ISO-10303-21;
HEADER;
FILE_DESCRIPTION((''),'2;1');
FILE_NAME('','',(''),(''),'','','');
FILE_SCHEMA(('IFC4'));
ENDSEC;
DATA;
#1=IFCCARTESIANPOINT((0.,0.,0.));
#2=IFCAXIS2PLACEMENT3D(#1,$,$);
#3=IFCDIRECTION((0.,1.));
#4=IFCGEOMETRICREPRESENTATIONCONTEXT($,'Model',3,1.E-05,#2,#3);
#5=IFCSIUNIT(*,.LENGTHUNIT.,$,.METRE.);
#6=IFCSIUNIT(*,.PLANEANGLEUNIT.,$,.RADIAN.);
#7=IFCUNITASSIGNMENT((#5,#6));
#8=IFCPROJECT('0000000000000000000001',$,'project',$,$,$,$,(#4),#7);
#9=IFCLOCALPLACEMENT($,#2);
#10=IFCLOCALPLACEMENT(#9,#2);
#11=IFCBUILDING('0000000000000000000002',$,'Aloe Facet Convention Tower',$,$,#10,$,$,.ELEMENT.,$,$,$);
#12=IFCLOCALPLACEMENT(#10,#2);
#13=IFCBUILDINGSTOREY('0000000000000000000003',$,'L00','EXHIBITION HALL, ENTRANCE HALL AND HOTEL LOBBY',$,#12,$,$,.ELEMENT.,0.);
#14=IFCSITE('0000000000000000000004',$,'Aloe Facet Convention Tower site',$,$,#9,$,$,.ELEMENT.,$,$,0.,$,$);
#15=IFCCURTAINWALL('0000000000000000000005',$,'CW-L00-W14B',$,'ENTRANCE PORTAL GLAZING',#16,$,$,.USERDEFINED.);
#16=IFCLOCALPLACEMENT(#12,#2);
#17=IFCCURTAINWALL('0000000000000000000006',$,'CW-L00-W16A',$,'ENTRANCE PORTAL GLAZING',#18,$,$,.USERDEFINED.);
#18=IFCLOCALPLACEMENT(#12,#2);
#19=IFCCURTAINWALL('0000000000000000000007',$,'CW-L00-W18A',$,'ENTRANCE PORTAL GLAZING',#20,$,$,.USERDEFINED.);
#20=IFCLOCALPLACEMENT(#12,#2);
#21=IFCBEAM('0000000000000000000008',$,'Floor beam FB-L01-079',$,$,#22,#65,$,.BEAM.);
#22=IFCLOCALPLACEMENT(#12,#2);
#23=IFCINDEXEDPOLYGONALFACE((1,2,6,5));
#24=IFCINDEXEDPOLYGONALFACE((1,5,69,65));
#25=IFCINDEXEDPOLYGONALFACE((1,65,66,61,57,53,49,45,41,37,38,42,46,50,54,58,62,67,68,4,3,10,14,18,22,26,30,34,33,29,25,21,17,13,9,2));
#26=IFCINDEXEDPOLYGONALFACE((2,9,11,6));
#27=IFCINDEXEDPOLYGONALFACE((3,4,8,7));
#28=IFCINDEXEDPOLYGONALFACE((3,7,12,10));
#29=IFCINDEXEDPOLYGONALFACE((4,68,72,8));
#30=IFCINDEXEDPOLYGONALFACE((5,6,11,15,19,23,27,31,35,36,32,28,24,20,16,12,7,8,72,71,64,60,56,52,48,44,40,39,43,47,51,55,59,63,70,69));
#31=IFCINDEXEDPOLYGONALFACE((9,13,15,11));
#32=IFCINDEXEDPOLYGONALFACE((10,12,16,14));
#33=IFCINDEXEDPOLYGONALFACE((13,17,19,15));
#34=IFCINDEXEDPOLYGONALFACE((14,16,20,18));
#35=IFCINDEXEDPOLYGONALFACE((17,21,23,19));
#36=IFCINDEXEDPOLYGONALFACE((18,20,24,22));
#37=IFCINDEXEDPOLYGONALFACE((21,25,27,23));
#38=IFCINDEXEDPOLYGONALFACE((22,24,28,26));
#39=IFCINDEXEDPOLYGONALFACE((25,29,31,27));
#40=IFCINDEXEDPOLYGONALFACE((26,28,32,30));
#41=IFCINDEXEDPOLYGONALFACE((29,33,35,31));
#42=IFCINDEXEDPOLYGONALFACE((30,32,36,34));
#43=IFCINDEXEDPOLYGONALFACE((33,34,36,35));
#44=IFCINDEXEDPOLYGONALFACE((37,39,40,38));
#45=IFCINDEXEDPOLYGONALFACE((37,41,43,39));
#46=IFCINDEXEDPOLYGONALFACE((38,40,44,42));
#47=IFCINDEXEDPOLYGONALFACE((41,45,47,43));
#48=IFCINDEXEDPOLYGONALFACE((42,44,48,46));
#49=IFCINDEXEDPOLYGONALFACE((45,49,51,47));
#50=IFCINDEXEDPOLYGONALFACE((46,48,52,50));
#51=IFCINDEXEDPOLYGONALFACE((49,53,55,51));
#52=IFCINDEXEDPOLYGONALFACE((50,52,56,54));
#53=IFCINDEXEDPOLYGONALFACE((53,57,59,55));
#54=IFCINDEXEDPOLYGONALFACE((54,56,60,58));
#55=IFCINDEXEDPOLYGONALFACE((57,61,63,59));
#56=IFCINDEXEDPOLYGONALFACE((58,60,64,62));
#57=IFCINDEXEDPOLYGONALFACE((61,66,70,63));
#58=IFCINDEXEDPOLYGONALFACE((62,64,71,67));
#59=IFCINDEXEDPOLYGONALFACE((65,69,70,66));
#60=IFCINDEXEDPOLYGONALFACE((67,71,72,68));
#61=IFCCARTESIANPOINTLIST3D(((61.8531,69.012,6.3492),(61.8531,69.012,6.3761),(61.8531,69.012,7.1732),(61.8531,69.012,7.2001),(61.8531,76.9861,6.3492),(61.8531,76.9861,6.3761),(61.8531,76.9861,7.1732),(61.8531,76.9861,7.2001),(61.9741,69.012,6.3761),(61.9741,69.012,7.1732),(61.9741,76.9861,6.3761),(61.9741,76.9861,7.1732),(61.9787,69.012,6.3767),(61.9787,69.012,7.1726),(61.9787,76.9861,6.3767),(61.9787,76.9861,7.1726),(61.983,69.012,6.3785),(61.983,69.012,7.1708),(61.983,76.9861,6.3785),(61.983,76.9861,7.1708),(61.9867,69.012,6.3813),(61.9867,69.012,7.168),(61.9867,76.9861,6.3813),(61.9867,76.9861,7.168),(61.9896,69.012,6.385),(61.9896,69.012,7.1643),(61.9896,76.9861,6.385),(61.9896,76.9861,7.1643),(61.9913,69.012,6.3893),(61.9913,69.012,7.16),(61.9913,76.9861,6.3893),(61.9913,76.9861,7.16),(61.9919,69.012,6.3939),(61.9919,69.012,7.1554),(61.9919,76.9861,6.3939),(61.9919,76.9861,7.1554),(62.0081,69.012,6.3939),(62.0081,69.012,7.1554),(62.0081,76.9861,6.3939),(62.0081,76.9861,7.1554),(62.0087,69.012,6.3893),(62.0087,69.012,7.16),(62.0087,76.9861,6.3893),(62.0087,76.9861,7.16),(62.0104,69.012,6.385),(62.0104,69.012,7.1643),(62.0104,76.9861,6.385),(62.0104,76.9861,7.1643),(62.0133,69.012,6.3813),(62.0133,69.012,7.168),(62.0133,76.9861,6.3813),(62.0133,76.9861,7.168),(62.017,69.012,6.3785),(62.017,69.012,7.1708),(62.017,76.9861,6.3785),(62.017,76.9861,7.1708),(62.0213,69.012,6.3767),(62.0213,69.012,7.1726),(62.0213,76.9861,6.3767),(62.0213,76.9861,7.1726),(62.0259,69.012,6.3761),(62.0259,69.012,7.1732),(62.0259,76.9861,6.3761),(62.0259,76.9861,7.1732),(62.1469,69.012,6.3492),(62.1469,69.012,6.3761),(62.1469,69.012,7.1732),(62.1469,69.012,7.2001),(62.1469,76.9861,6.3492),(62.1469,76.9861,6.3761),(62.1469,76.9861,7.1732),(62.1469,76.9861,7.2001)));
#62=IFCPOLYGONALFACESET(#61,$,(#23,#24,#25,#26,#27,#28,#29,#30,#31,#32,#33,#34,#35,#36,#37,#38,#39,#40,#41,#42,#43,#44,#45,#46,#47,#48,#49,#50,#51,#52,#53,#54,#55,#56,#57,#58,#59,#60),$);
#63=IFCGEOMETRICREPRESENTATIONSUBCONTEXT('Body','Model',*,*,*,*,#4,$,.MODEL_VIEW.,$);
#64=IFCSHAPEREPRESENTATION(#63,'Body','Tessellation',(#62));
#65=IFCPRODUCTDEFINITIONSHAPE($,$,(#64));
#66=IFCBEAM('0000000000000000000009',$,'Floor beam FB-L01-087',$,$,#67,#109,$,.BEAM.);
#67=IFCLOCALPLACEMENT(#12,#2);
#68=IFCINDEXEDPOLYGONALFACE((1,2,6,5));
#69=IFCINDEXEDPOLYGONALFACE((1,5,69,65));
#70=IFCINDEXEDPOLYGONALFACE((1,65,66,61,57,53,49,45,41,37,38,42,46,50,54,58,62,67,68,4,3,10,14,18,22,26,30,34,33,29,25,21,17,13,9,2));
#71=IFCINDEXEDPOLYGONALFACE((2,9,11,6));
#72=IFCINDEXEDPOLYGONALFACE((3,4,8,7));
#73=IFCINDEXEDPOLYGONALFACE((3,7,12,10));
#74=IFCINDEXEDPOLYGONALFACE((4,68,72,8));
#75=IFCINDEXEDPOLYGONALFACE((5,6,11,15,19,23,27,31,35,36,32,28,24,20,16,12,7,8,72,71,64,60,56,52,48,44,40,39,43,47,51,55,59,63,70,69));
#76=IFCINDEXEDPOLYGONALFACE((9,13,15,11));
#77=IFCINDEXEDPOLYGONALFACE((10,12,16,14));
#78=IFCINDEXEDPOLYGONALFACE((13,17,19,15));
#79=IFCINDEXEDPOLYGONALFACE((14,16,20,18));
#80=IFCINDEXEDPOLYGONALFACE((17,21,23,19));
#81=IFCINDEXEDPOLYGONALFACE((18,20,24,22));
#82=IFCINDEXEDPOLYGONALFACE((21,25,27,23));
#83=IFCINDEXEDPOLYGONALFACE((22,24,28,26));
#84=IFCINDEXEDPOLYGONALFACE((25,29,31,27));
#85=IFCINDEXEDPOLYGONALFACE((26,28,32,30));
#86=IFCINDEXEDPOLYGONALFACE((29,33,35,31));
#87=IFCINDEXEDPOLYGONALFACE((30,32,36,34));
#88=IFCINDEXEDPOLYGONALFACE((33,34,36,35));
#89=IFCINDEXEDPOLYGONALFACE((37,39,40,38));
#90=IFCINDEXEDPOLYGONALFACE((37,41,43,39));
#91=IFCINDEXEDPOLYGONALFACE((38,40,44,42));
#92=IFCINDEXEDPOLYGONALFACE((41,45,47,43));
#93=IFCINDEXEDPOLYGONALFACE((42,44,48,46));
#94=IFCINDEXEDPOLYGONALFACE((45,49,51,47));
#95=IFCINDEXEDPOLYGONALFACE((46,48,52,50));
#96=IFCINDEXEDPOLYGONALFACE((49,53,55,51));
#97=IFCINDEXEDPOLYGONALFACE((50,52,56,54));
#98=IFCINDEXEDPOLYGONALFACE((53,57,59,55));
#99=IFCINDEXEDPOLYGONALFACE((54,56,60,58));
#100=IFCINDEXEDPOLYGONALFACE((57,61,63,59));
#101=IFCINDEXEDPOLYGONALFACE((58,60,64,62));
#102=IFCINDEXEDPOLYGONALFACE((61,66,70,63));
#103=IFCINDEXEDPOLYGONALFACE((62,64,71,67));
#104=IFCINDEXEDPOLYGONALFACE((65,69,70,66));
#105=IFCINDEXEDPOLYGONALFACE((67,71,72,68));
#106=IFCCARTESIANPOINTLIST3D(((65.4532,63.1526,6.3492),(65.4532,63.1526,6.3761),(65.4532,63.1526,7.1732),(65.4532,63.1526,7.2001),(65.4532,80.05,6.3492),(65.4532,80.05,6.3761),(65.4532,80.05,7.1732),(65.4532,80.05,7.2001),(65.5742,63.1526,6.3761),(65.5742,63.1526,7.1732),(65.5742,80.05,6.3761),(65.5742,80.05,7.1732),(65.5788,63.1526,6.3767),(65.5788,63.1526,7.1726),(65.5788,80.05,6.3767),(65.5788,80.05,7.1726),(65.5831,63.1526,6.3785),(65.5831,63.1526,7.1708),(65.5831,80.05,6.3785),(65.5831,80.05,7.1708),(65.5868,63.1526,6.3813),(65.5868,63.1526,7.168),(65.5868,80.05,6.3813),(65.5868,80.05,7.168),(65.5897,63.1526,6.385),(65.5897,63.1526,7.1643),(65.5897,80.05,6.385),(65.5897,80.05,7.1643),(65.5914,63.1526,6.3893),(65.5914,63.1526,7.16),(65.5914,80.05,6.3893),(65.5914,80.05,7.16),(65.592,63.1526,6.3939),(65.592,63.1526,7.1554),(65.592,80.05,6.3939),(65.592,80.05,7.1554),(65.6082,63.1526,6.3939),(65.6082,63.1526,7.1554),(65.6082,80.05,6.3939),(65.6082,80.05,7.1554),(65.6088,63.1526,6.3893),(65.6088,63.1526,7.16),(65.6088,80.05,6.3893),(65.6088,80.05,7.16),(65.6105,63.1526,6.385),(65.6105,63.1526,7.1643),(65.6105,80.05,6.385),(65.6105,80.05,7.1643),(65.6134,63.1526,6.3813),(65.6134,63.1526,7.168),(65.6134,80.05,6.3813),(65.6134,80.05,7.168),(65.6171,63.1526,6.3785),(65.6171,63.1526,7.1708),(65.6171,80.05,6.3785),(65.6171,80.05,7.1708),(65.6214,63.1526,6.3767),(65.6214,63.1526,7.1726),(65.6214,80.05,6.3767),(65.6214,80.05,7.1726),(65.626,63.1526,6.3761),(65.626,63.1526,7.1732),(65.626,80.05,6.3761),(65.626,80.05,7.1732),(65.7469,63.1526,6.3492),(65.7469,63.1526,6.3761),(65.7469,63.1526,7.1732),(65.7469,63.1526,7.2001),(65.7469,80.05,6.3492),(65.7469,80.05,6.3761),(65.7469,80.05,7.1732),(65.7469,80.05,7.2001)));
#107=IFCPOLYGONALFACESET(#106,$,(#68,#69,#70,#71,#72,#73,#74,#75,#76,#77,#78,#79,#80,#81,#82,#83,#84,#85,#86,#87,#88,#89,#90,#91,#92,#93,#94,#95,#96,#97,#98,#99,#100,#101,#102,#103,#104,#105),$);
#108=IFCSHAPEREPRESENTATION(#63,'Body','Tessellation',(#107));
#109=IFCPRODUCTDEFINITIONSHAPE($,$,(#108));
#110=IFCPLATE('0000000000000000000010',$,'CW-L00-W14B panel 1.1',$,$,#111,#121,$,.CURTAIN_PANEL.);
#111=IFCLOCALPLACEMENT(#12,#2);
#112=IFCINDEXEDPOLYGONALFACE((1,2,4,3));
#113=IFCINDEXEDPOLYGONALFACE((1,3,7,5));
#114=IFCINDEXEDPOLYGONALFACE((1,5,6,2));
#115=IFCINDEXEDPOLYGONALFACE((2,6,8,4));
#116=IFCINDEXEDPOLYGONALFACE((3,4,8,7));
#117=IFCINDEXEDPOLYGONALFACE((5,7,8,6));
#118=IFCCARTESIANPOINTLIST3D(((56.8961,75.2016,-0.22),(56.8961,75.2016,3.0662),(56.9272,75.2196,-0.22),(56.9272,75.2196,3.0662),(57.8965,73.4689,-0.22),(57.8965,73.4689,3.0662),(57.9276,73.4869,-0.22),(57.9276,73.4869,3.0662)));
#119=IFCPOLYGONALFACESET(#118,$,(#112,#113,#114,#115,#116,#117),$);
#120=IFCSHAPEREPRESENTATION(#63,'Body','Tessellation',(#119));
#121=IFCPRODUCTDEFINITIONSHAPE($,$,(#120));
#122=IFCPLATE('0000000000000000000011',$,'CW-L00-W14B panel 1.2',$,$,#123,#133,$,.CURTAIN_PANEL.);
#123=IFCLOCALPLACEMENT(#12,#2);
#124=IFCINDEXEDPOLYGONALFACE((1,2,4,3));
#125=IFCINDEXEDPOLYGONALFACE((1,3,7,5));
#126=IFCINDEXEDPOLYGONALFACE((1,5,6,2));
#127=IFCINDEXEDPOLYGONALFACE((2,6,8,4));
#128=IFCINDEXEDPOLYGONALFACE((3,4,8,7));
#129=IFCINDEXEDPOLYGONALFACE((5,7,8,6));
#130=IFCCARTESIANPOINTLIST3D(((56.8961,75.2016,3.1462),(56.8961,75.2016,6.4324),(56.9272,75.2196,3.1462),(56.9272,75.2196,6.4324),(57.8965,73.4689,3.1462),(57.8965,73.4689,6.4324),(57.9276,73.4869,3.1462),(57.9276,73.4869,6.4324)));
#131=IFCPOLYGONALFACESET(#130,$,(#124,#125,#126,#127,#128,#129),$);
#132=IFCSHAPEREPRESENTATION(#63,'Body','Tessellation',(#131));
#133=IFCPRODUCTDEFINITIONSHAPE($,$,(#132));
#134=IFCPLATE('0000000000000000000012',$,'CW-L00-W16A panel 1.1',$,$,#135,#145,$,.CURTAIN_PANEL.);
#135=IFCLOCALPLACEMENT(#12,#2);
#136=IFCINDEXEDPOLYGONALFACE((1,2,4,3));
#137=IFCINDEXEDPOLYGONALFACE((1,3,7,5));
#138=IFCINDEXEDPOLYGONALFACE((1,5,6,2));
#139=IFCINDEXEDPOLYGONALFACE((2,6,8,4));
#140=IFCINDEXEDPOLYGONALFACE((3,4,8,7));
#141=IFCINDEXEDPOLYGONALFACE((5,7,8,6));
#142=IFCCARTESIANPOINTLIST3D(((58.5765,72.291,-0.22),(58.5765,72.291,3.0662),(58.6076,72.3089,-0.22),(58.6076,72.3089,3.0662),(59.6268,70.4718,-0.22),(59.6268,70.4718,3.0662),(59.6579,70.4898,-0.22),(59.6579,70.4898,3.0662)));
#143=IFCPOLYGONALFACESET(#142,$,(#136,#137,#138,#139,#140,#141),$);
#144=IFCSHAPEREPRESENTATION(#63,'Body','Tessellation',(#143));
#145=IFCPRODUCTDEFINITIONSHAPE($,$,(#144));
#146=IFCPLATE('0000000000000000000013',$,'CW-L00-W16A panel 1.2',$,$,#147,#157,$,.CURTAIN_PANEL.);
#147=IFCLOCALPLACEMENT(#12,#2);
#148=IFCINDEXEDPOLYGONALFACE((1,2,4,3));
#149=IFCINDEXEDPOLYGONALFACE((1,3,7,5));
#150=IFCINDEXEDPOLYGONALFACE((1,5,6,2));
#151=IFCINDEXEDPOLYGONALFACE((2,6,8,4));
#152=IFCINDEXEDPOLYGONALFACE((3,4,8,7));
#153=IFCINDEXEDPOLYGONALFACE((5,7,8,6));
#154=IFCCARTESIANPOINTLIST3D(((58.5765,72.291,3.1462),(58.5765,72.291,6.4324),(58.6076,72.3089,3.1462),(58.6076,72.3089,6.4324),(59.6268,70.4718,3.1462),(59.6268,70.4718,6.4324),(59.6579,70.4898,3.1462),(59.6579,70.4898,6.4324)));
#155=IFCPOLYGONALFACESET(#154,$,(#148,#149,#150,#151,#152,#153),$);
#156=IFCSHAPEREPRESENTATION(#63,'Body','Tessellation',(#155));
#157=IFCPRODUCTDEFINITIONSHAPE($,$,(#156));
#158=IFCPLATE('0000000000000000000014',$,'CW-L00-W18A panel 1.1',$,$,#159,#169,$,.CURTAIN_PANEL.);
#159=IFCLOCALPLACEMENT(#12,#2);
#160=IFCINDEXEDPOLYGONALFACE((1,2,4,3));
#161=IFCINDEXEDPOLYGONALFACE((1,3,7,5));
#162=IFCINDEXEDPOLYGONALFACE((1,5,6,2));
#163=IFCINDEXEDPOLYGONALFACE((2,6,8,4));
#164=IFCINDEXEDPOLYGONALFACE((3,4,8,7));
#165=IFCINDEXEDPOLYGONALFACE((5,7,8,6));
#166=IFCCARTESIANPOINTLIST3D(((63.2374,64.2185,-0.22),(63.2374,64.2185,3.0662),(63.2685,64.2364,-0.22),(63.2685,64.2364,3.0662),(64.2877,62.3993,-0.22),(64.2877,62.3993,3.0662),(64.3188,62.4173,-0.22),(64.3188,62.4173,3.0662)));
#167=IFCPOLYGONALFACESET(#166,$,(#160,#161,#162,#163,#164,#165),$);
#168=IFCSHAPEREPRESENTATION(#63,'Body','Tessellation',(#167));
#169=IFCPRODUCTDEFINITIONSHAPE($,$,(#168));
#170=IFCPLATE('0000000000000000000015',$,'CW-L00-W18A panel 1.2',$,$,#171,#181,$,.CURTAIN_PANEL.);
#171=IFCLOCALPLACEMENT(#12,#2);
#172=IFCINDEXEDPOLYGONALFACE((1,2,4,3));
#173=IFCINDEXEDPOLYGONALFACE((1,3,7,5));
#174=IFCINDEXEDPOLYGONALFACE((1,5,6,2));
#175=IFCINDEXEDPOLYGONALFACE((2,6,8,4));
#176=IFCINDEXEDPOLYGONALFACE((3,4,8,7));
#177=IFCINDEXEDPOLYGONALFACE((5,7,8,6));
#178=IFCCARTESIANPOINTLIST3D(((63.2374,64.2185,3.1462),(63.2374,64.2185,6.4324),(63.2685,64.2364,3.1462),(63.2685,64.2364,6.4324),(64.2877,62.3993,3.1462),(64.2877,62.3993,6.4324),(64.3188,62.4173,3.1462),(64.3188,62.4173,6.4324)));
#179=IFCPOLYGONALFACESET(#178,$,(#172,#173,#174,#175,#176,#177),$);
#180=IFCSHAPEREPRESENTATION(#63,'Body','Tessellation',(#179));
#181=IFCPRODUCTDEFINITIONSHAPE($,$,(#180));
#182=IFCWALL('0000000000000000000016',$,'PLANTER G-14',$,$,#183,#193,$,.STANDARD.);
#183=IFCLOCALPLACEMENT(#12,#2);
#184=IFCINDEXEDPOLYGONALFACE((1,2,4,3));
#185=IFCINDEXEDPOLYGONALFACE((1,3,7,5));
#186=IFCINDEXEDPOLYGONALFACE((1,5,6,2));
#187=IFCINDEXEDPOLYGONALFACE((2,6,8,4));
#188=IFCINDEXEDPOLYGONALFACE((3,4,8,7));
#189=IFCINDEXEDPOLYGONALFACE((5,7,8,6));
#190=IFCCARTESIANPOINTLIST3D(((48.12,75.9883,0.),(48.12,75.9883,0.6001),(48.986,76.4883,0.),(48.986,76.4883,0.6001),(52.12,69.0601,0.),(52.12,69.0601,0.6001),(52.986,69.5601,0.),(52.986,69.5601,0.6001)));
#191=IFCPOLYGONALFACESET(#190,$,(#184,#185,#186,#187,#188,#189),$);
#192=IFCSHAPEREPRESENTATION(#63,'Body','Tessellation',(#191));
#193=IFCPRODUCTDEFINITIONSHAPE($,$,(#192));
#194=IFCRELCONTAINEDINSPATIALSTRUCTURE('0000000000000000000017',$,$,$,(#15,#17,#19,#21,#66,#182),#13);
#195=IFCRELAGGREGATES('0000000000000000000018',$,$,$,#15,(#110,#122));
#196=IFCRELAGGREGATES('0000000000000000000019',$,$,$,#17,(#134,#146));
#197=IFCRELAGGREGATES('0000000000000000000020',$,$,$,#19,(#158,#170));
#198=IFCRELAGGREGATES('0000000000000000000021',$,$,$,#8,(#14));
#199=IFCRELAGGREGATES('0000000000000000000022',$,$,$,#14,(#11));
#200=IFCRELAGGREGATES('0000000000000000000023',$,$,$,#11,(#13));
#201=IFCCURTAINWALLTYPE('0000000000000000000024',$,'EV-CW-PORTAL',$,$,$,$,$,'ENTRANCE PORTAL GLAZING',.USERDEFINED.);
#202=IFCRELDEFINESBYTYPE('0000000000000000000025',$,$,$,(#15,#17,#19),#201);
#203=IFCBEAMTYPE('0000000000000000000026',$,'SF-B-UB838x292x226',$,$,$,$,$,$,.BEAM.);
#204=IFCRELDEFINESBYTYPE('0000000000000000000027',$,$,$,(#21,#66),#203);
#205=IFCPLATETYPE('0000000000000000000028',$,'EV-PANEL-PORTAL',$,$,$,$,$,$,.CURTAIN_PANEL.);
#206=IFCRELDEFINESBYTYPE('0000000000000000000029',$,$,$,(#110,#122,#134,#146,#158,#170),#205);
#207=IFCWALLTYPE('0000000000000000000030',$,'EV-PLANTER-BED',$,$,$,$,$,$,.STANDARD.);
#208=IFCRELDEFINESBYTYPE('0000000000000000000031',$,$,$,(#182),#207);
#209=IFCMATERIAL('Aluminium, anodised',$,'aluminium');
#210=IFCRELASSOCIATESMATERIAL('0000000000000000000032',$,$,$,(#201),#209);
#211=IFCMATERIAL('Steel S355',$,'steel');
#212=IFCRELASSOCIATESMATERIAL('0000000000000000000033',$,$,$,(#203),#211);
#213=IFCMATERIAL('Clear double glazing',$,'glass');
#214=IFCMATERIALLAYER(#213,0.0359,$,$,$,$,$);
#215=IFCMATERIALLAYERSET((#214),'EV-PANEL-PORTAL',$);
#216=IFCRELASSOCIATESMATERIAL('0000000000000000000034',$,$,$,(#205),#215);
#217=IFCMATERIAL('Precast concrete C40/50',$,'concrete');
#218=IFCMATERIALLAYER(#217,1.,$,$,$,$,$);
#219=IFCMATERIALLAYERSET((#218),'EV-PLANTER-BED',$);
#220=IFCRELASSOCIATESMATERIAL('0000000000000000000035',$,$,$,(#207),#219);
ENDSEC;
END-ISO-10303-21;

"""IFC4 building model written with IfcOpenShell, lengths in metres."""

from ifc_helpers import new_model, si_unit, direction, frame, frame_2d, origin, origin_2d, place, context, subcontext, project, spatial, rectangle, i_section, extrude, material, layer, layer_set, material_profile, profile_set, type_object, element, aggregate, save


model = new_model("IFC4")

# Units and contexts
model_context = context("Model", 3, precision=1e-05, world=origin(), true_north=direction((0.0, 1.0)))
body_context = subcontext(model_context, "Body", "Model", "MODEL_VIEW")
ifc_project = project(units=[si_unit("LENGTHUNIT", "METRE"), si_unit("PLANEANGLEUNIT", "RADIAN")], contexts=[model_context])

# Site, building, storey
site_placement = place(None, origin())
site = spatial("IfcSite", under=ifc_project, at=site_placement, Name="Aloe Facet Convention Tower site", CompositionType="ELEMENT", RefElevation=0.0)
building_placement = place(site_placement, origin())
building = spatial("IfcBuilding", under=site, at=building_placement, Name="Aloe Facet Convention Tower", CompositionType="ELEMENT")
storey_placement = place(building_placement, origin())
storey = spatial("IfcBuildingStorey", under=building, at=storey_placement, Name="L00", Description="EXHIBITION HALL, ENTRANCE HALL AND HOTEL LOBBY", CompositionType="ELEMENT", Elevation=0.0)

# Curtain walls
ifc_material_1 = material(Name="Aluminium, anodised", Category="aluminium")
curtain_wall_type = type_object("IfcCurtainWallType", Name="EV-CW-PORTAL", ElementType="ENTRANCE PORTAL GLAZING", PredefinedType="USERDEFINED", material=ifc_material_1)
curtain_wall_1_placement = place(storey_placement, origin())
curtain_wall_1 = element("IfcCurtainWall", 1, at=curtain_wall_1_placement, inside=storey, type_object=curtain_wall_type, Name="CW-L00-W14B", ObjectType="ENTRANCE PORTAL GLAZING", PredefinedType="USERDEFINED")
curtain_wall_2_placement = place(storey_placement, origin())
curtain_wall_2 = element("IfcCurtainWall", 2, at=curtain_wall_2_placement, inside=storey, type_object=curtain_wall_type, Name="CW-L00-W16A", ObjectType="ENTRANCE PORTAL GLAZING", PredefinedType="USERDEFINED")
curtain_wall_3_placement = place(storey_placement, origin())
curtain_wall_3 = element("IfcCurtainWall", 3, at=curtain_wall_3_placement, inside=storey, type_object=curtain_wall_type, Name="CW-L00-W18A", ObjectType="ENTRANCE PORTAL GLAZING", PredefinedType="USERDEFINED")

# Beams
ifc_material_2 = material(Name="Steel S355", Category="steel")
ifc_material_profile_1 = material_profile(ifc_material_2, i_section(OverallWidth=0.2937, OverallDepth=0.8508, WebThickness=0.0161, FlangeThickness=0.0269, FilletRadius=0.0178, at=origin_2d()), Name="UB 838x292x226")
ifc_profile_set_1 = profile_set([ifc_material_profile_1], Name="Steel S355")
beam_type_1 = type_object("IfcBeamType", Name="SF-B-UB838x292x226", PredefinedType="BEAM", material=ifc_profile_set_1)
beam_1_placement = place(storey_placement, frame((62.0, 69.012, 6.7747), z_axis=(0.0, 1.0, 0.0), x_axis=(-1.0, 0.0, 0.0)))
element("IfcBeam", 4, at=beam_1_placement, inside=storey, type_object=beam_type_1, Name="Floor beam FB-L01-079", PredefinedType="BEAM", context=body_context, shape_type="SweptSolid", body=[
    extrude(i_section(OverallWidth=0.2937, OverallDepth=0.8508, WebThickness=0.0161, FlangeThickness=0.0269, FilletRadius=0.0178, at=origin_2d()), origin(), (0.0, 0.0, 1.0), 7.9741),
])
beam_2_placement = place(storey_placement, frame((65.6001, 63.1526, 6.7747), z_axis=(0.0, 1.0, 0.0), x_axis=(-1.0, 0.0, 0.0)))
element("IfcBeam", 5, at=beam_2_placement, inside=storey, type_object=beam_type_1, Name="Floor beam FB-L01-087", PredefinedType="BEAM", context=body_context, shape_type="SweptSolid", body=[
    extrude(i_section(OverallWidth=0.2937, OverallDepth=0.8508, WebThickness=0.0161, FlangeThickness=0.0269, FilletRadius=0.0178, at=origin_2d()), origin(), (0.0, 0.0, 1.0), 16.8975),
])

# Plates
ifc_material_3 = material(Name="Clear double glazing", Category="glass")
ifc_layer_1 = layer(ifc_material_3, 0.0359)
ifc_layer_set_1 = layer_set([ifc_layer_1], Name="EV-PANEL-PORTAL")
plate_type = type_object("IfcPlateType", Name="EV-PANEL-PORTAL", PredefinedType="CURTAIN_PANEL", material=ifc_layer_set_1)
plate_1_placement = place(storey_placement, frame((57.4119, 74.3442, -0.22), z_axis=(0.0, 0.0, 1.0), x_axis=(0.5, -0.866025, 0.0)))
plate_1 = element("IfcPlate", 6, at=plate_1_placement, type_object=plate_type, Name="CW-L00-W14B panel 1.1", PredefinedType="CURTAIN_PANEL", context=body_context, shape_type="SweptSolid", body=[
    extrude(rectangle(XDim=2.0007, YDim=0.0359, at=origin_2d()), origin(), (0.0, 0.0, 1.0), 3.2861),
])
plate_2_placement = place(storey_placement, frame((57.4119, 74.3442, 3.1462), z_axis=(0.0, 0.0, 1.0), x_axis=(0.5, -0.866025, 0.0)))
plate_2 = element("IfcPlate", 7, at=plate_2_placement, type_object=plate_type, Name="CW-L00-W14B panel 1.2", PredefinedType="CURTAIN_PANEL", context=body_context, shape_type="SweptSolid", body=[
    extrude(rectangle(XDim=2.0007, YDim=0.0359, at=origin_2d()), origin(), (0.0, 0.0, 1.0), 3.2861),
])
aggregate(curtain_wall_1, [plate_1, plate_2])
plate_3_placement = place(storey_placement, frame((59.1172, 71.3904, -0.22), z_axis=(0.0, 0.0, 1.0), x_axis=(0.5, -0.866025, 0.0)))
plate_3 = element("IfcPlate", 8, at=plate_3_placement, type_object=plate_type, Name="CW-L00-W16A panel 1.1", PredefinedType="CURTAIN_PANEL", context=body_context, shape_type="SweptSolid", body=[
    extrude(rectangle(XDim=2.1006, YDim=0.0359, at=origin_2d()), origin(), (0.0, 0.0, 1.0), 3.2861),
])
plate_4_placement = place(storey_placement, frame((59.1172, 71.3904, 3.1462), z_axis=(0.0, 0.0, 1.0), x_axis=(0.5, -0.866025, 0.0)))
plate_4 = element("IfcPlate", 9, at=plate_4_placement, type_object=plate_type, Name="CW-L00-W16A panel 1.2", PredefinedType="CURTAIN_PANEL", context=body_context, shape_type="SweptSolid", body=[
    extrude(rectangle(XDim=2.1006, YDim=0.0359, at=origin_2d()), origin(), (0.0, 0.0, 1.0), 3.2861),
])
aggregate(curtain_wall_2, [plate_3, plate_4])
plate_5_placement = place(storey_placement, frame((63.7781, 63.3179, -0.22), z_axis=(0.0, 0.0, 1.0), x_axis=(0.5, -0.866025, 0.0)))
plate_5 = element("IfcPlate", 10, at=plate_5_placement, type_object=plate_type, Name="CW-L00-W18A panel 1.1", PredefinedType="CURTAIN_PANEL", context=body_context, shape_type="SweptSolid", body=[
    extrude(rectangle(XDim=2.1006, YDim=0.0359, at=origin_2d()), origin(), (0.0, 0.0, 1.0), 3.2861),
])
plate_6_placement = place(storey_placement, frame((63.7781, 63.3179, 3.1462), z_axis=(0.0, 0.0, 1.0), x_axis=(0.5, -0.866025, 0.0)))
plate_6 = element("IfcPlate", 11, at=plate_6_placement, type_object=plate_type, Name="CW-L00-W18A panel 1.2", PredefinedType="CURTAIN_PANEL", context=body_context, shape_type="SweptSolid", body=[
    extrude(rectangle(XDim=2.1006, YDim=0.0359, at=origin_2d()), origin(), (0.0, 0.0, 1.0), 3.2861),
])
aggregate(curtain_wall_3, [plate_5, plate_6])

# Wall
ifc_material_4 = material(Name="Precast concrete C40/50", Category="concrete")
ifc_layer_2 = layer(ifc_material_4, 1.0)
ifc_layer_set_2 = layer_set([ifc_layer_2], Name="EV-PLANTER-BED")
wall_type_1 = type_object("IfcWallType", Name="EV-PLANTER-BED", PredefinedType="STANDARD", material=ifc_layer_set_2)
wall_1_placement = place(storey_placement, frame((52.553, 69.3101, 0.0), z_axis=(0.0, 0.0, 1.0), x_axis=(-0.499999, 0.866026, 0.0)))
element("IfcWall", 12, at=wall_1_placement, inside=storey, type_object=wall_type_1, Name="PLANTER G-14", PredefinedType="STANDARD", context=body_context, shape_type="SweptSolid", body=[
    extrude(rectangle(XDim=8.0, YDim=1.0, at=frame_2d((4.0, 0.0))), origin(), (0.0, 0.0, 1.0), 0.6001),
])

save(model, "model.ifc")
